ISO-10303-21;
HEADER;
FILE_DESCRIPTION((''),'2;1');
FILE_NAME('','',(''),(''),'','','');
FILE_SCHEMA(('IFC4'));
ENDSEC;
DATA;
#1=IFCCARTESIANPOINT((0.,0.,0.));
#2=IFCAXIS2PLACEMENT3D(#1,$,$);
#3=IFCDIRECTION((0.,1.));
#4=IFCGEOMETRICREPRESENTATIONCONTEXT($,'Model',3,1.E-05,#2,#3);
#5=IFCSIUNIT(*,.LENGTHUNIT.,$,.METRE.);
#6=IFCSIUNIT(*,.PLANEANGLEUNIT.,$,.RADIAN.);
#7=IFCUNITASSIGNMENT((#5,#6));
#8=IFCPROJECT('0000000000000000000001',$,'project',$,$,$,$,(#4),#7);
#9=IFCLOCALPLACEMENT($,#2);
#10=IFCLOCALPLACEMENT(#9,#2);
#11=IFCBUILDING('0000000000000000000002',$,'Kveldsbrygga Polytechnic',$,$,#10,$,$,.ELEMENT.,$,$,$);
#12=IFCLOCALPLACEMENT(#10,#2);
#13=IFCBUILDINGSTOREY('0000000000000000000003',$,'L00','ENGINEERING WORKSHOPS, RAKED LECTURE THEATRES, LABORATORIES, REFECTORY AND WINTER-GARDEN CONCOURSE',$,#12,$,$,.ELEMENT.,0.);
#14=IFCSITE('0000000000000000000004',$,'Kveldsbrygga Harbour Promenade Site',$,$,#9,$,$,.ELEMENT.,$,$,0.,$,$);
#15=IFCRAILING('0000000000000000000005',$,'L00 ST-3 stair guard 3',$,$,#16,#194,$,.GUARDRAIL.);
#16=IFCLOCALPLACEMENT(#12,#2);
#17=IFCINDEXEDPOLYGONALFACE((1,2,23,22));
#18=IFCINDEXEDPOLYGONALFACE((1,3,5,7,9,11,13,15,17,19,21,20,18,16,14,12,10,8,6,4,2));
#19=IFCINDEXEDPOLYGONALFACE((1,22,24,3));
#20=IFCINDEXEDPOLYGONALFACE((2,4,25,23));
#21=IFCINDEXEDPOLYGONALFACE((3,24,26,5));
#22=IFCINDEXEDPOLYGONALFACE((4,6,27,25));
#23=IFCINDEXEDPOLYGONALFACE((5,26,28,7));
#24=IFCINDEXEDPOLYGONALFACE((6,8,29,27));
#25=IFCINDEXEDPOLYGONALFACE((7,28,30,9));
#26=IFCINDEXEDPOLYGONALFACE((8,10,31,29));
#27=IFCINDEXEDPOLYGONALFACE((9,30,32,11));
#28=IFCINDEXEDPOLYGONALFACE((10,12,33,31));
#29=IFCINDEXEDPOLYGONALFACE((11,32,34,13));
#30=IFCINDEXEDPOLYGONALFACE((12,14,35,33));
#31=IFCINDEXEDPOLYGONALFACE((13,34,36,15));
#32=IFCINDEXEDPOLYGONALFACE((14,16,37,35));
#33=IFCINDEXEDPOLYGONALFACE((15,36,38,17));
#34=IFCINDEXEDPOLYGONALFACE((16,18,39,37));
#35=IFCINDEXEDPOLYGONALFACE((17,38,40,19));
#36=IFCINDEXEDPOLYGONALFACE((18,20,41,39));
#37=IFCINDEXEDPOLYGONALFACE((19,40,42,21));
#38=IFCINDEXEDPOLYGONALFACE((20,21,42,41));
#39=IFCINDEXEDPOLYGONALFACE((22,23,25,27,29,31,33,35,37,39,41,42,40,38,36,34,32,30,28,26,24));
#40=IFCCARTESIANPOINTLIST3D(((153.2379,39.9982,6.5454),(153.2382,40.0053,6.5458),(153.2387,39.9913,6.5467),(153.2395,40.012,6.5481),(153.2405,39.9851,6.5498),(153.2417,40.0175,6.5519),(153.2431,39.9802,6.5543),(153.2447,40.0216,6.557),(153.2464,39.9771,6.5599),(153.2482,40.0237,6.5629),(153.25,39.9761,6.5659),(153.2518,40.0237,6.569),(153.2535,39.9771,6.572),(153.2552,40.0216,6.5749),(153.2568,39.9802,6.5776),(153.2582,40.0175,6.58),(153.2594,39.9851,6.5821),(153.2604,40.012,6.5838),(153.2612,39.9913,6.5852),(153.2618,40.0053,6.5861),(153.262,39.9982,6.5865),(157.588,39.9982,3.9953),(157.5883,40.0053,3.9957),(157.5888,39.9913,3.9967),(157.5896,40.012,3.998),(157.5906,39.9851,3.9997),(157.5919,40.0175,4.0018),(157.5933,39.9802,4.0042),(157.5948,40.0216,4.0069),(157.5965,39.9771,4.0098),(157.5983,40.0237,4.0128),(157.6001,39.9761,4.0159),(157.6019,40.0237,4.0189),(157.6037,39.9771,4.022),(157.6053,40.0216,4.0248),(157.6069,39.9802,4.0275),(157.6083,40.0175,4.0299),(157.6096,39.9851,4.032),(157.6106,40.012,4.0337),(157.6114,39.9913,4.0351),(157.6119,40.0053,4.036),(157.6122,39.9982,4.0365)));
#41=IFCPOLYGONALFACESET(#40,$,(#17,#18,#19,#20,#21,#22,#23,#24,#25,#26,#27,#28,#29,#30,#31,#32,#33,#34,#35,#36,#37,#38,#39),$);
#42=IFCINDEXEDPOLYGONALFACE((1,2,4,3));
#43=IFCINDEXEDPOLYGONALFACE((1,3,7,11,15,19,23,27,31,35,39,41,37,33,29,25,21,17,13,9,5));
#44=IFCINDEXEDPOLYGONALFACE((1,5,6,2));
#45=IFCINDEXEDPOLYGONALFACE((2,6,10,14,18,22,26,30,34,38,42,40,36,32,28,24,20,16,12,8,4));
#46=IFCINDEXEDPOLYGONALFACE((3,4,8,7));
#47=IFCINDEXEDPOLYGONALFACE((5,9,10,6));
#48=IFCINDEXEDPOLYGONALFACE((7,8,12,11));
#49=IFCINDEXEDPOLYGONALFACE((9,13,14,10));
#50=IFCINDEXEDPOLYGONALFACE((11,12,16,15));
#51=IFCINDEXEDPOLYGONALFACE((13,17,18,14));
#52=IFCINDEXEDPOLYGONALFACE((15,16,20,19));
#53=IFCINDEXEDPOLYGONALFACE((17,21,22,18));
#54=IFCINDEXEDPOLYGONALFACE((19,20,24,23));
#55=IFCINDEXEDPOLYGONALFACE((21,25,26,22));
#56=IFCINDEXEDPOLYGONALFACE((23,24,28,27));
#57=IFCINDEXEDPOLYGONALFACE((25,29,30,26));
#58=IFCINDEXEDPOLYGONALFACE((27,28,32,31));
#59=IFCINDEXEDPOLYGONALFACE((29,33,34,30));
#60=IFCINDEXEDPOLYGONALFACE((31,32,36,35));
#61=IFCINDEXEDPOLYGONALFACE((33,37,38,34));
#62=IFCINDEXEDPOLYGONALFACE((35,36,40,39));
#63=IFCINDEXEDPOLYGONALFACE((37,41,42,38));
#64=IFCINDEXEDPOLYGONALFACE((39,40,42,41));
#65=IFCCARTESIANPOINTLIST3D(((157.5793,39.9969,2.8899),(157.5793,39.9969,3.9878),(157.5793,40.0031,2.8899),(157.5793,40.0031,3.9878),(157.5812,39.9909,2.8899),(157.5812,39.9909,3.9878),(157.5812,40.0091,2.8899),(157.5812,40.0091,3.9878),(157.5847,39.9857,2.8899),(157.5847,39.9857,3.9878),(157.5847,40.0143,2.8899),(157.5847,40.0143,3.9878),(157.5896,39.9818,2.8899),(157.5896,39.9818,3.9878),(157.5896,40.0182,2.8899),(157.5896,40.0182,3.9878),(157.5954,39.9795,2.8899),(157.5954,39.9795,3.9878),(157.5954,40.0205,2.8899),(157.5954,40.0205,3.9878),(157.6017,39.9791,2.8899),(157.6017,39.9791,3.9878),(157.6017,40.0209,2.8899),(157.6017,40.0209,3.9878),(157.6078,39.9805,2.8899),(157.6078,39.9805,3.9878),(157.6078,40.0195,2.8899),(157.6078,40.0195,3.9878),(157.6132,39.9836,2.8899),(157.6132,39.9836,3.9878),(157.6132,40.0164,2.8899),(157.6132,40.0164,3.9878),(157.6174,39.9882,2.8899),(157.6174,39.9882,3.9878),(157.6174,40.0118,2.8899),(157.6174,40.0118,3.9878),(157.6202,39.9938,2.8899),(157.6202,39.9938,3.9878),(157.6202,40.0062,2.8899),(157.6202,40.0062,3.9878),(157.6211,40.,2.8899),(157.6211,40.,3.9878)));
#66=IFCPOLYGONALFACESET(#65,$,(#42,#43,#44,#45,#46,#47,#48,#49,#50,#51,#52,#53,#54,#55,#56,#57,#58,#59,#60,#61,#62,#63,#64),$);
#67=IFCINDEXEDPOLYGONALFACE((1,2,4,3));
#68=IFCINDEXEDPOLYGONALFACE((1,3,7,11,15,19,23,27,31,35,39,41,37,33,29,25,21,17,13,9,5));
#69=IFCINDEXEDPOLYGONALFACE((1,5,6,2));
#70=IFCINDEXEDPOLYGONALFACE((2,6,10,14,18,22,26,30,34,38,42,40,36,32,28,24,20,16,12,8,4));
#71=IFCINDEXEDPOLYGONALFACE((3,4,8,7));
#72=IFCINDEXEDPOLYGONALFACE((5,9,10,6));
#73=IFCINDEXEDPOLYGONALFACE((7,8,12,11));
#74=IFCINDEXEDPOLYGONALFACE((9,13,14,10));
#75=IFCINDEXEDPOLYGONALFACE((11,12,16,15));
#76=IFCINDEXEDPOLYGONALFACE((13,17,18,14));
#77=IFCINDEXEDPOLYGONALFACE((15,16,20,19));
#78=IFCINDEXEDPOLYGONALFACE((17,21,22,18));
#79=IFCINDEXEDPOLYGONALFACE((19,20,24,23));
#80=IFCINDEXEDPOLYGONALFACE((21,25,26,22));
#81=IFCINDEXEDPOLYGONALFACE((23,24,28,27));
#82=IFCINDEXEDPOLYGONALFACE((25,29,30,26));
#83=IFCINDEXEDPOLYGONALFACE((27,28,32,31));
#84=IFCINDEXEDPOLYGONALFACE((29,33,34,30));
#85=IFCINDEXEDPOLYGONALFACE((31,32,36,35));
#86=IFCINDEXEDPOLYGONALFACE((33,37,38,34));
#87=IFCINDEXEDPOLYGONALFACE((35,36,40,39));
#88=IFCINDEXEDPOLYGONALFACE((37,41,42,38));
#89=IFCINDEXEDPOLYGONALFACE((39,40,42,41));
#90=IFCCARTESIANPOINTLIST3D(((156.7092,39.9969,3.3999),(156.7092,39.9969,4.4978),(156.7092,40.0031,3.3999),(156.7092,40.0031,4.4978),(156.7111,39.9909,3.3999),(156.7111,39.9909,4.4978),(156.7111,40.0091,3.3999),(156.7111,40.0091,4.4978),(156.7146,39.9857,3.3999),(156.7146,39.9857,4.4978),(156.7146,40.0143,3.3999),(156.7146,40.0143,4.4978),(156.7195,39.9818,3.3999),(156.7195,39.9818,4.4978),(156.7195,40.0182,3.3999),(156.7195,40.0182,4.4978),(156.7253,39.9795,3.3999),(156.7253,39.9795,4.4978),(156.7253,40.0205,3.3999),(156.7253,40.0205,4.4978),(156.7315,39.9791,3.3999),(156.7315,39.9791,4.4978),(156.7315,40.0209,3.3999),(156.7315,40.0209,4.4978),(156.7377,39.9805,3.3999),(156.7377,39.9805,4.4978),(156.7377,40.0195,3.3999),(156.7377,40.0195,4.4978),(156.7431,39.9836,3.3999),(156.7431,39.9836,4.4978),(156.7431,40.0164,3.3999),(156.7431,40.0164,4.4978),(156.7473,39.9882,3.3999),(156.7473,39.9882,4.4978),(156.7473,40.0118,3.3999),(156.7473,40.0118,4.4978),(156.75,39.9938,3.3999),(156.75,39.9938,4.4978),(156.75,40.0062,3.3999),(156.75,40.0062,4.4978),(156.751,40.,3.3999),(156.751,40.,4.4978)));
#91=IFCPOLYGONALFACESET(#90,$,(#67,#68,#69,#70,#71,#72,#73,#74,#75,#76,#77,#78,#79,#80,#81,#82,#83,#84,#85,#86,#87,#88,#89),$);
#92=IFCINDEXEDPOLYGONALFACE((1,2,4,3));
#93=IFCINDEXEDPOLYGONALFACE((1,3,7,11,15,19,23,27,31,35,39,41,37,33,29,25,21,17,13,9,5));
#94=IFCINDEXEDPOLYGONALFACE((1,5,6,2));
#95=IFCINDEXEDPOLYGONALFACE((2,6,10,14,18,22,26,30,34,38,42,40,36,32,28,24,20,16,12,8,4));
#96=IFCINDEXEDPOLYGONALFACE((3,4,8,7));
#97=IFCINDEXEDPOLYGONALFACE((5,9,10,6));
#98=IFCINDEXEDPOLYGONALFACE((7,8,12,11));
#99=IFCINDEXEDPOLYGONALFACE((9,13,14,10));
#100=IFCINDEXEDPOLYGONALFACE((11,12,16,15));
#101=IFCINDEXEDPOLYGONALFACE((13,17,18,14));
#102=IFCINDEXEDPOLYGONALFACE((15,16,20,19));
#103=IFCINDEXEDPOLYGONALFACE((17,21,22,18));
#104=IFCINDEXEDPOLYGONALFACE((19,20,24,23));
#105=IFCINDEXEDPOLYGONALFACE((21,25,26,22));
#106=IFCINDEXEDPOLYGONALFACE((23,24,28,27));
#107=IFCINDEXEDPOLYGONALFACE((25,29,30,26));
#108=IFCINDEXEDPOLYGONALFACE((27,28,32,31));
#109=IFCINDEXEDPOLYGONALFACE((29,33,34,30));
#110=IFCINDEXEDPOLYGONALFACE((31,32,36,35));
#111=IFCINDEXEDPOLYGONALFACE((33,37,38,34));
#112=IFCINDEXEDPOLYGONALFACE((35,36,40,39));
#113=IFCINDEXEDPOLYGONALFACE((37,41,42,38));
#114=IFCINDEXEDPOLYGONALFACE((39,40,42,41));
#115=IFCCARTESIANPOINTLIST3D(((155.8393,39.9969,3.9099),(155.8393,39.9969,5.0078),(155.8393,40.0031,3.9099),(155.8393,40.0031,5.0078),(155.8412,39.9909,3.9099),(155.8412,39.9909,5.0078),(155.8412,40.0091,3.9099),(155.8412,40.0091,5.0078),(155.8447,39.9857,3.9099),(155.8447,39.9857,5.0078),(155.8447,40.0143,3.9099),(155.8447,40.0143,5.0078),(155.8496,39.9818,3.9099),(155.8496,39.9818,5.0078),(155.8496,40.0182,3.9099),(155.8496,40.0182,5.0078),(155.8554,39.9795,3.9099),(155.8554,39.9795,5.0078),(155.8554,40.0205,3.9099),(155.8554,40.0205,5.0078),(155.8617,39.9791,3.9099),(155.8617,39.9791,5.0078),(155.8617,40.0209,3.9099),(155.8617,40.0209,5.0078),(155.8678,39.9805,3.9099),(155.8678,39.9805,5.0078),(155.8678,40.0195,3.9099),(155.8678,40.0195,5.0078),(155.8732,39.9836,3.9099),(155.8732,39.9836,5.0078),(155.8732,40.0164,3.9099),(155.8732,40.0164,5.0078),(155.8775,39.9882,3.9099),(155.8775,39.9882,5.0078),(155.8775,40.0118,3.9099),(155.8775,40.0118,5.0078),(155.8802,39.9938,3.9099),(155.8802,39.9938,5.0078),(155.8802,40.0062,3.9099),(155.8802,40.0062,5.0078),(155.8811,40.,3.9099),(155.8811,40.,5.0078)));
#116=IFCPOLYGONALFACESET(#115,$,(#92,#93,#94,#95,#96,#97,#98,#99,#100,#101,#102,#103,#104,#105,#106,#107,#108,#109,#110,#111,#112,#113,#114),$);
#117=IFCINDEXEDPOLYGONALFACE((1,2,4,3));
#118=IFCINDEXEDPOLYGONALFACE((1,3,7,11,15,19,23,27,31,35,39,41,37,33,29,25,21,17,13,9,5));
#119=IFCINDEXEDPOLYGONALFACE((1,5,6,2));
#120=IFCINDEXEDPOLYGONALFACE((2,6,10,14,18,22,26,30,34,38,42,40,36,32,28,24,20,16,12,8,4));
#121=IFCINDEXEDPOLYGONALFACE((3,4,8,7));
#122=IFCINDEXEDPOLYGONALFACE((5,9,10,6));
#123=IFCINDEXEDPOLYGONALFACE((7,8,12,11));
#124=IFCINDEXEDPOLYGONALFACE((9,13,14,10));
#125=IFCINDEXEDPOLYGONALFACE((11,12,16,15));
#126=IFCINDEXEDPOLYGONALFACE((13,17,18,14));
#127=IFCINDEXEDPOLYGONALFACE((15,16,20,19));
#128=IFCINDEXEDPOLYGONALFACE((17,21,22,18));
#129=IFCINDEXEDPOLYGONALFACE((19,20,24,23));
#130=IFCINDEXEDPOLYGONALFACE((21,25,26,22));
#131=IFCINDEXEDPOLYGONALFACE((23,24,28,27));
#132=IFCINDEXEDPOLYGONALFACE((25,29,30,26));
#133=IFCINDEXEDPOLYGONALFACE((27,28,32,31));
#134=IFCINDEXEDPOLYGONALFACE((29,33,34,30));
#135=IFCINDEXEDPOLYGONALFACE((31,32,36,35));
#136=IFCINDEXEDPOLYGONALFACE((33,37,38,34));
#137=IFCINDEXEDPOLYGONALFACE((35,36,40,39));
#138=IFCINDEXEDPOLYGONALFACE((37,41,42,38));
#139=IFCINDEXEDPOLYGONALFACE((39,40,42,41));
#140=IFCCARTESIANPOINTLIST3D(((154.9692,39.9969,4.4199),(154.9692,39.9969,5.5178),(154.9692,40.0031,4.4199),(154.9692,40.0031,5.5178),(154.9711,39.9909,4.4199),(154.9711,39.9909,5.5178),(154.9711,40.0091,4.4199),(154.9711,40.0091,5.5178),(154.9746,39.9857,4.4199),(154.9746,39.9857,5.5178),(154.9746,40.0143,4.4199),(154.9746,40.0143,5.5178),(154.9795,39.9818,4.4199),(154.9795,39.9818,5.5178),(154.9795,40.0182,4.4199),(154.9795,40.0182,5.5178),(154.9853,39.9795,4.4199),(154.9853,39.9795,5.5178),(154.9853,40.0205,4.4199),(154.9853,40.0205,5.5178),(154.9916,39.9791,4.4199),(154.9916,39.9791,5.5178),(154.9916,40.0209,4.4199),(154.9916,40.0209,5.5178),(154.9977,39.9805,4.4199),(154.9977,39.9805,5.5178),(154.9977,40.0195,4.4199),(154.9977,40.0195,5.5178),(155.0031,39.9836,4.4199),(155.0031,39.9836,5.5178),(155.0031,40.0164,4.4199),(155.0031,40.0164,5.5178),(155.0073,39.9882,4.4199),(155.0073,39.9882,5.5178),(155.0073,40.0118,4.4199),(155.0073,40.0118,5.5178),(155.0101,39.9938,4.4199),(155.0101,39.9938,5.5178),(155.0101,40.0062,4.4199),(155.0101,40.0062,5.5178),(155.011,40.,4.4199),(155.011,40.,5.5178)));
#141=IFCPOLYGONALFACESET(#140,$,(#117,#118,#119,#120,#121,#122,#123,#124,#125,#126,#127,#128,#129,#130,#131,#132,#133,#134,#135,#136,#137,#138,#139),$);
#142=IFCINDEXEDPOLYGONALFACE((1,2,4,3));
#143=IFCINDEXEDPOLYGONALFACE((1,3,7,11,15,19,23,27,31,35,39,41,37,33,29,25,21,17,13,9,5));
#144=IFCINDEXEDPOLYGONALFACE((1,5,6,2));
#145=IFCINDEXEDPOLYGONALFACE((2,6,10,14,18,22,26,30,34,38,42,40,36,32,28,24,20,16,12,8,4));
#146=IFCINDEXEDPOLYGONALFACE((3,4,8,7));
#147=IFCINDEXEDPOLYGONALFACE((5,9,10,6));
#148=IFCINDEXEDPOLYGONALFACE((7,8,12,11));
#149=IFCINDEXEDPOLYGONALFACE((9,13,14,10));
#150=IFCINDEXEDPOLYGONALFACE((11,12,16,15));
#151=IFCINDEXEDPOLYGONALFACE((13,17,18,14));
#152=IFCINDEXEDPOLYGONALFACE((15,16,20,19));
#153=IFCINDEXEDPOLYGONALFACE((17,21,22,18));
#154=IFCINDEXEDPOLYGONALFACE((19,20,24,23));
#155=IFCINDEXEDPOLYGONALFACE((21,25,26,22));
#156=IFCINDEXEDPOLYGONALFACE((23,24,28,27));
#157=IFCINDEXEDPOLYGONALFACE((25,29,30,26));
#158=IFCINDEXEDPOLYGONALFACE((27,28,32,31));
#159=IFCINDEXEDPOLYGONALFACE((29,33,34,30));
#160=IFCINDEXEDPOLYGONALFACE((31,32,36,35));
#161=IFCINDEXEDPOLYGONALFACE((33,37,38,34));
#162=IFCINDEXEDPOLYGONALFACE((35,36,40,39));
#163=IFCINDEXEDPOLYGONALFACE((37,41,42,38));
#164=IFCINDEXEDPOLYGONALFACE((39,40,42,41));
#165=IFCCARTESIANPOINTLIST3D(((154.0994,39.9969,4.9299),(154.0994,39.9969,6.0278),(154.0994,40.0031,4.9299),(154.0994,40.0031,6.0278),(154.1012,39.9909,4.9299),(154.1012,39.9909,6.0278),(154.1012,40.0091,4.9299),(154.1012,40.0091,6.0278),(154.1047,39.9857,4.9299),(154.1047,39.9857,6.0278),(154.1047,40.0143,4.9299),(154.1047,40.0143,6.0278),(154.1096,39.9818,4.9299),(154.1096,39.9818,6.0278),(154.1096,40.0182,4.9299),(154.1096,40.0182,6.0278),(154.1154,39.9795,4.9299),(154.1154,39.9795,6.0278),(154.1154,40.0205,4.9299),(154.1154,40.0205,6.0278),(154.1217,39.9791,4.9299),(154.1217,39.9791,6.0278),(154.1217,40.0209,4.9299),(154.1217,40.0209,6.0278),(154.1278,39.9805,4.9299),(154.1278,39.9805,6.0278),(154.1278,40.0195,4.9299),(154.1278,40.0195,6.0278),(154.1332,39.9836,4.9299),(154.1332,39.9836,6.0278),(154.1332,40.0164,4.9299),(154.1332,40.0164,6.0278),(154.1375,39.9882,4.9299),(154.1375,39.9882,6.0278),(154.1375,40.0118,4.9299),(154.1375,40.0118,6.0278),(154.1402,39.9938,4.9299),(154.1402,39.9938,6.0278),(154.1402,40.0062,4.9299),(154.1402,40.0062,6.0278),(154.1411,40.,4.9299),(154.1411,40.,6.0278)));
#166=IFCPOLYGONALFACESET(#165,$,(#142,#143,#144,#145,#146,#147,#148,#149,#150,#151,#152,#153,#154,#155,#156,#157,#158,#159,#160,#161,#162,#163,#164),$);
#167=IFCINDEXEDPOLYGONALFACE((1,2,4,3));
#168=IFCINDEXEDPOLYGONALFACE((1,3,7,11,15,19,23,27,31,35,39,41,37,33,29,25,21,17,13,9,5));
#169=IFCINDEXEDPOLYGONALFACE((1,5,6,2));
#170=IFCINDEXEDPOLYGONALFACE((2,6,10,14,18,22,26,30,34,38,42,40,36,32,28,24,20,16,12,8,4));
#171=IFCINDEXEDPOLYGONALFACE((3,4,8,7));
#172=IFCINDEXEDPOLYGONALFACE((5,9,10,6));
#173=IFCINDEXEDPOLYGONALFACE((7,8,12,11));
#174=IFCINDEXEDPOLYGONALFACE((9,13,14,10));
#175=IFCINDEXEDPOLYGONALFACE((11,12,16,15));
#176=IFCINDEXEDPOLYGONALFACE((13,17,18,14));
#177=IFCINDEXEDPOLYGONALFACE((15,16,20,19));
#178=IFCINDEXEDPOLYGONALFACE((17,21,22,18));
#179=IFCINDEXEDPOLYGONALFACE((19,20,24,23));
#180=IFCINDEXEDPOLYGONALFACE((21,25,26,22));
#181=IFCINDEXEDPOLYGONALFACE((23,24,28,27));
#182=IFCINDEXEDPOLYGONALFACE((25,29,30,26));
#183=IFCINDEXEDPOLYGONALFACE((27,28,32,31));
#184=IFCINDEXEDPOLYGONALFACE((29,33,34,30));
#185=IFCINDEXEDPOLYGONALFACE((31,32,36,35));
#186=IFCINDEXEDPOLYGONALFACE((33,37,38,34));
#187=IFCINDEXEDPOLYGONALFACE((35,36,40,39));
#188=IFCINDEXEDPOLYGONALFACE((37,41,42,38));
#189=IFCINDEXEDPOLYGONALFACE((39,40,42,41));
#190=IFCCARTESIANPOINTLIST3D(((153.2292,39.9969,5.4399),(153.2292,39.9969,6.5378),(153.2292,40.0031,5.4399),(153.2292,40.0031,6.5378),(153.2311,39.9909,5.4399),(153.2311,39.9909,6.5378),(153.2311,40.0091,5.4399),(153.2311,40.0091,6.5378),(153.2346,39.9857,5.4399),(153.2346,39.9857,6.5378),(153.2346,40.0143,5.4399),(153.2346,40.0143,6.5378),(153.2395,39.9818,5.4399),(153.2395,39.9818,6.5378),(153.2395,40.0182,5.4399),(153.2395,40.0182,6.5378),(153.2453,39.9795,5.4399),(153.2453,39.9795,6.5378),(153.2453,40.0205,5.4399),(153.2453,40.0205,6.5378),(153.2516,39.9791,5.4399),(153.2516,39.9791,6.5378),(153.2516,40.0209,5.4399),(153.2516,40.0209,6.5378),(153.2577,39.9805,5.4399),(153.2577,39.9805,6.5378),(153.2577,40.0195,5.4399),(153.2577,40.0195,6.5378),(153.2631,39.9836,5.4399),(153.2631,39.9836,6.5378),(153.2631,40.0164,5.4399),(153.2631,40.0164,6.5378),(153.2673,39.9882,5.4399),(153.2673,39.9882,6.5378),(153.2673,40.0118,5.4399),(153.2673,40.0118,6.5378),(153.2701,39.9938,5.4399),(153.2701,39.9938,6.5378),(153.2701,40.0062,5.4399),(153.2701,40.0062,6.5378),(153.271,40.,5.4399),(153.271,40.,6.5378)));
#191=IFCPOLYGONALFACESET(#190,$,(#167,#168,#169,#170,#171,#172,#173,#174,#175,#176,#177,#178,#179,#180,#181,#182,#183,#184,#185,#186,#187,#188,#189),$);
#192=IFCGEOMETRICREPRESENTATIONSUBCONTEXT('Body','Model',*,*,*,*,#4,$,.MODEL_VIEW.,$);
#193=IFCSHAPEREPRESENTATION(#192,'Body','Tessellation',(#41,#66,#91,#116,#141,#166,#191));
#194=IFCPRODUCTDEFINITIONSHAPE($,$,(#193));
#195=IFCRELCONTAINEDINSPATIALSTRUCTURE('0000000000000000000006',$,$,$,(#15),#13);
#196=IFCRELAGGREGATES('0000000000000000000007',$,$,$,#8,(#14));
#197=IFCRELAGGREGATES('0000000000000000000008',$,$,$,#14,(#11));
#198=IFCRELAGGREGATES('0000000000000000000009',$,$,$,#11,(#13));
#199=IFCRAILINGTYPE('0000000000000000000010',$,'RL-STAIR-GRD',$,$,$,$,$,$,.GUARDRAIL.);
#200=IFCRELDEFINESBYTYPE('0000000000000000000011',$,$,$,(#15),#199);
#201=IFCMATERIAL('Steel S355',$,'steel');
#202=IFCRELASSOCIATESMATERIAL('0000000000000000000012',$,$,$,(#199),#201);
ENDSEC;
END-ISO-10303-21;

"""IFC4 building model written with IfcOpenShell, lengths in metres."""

from ifc_helpers import new_model, si_unit, direction, frame, origin, origin_2d, place, context, subcontext, project, spatial, circle, extrude, material, type_object, element, save


model = new_model("IFC4")

# Units and contexts
model_context = context("Model", 3, precision=1e-05, world=origin(), true_north=direction((0.0, 1.0)))
body_context = subcontext(model_context, "Body", "Model", "MODEL_VIEW")
ifc_project = project(units=[si_unit("LENGTHUNIT", "METRE"), si_unit("PLANEANGLEUNIT", "RADIAN")], contexts=[model_context])

# Site, building, storey
site_placement = place(None, origin())
site = spatial("IfcSite", under=ifc_project, at=site_placement, Name="Kveldsbrygga Harbour Promenade Site", CompositionType="ELEMENT", RefElevation=0.0)
building_placement = place(site_placement, origin())
building = spatial("IfcBuilding", under=site, at=building_placement, Name="Kveldsbrygga Polytechnic", CompositionType="ELEMENT")
storey_placement = place(building_placement, origin())
storey = spatial("IfcBuildingStorey", under=building, at=storey_placement, Name="L00", Description="ENGINEERING WORKSHOPS, RAKED LECTURE THEATRES, LABORATORIES, REFECTORY AND WINTER-GARDEN CONCOURSE", CompositionType="ELEMENT", Elevation=0.0)

# Railing
ifc_material_1 = material(Name="Steel S355", Category="steel")
railing_type_1 = type_object("IfcRailingType", Name="RL-STAIR-GRD", PredefinedType="GUARDRAIL", material=ifc_material_1)
railing_1_placement = place(storey_placement, frame((157.6001, 40.0, 2.8899)))
element("IfcRailing", 1, at=railing_1_placement, inside=storey, type_object=railing_type_1, Name="L00 ST-3 stair guard 3", PredefinedType="GUARDRAIL", context=body_context, shape_type="SweptSolid", body=[
    extrude(circle(Radius=0.0239, at=origin_2d()), frame((0.0, 0.0, 1.126), z_axis=(-0.862699, 0.0, 0.505718), x_axis=(0.0, -1.0, 0.0)), (0.0, 0.0, 1.0), 5.0425),
    extrude(circle(Radius=0.021, at=origin_2d()), origin(), (0.0, 0.0, 1.0), 1.0979),
    extrude(circle(Radius=0.021, at=origin_2d()), frame((-0.8701, 0.0, 0.51)), (0.0, 0.0, 1.0), 1.0979),
    extrude(circle(Radius=0.021, at=origin_2d()), frame((-1.74, 0.0, 1.02)), (0.0, 0.0, 1.0), 1.0979),
    extrude(circle(Radius=0.021, at=origin_2d()), frame((-2.6101, 0.0, 1.53)), (0.0, 0.0, 1.0), 1.0979),
    extrude(circle(Radius=0.021, at=origin_2d()), frame((-3.48, 0.0, 2.04)), (0.0, 0.0, 1.0), 1.0979),
    extrude(circle(Radius=0.021, at=origin_2d()), frame((-4.3501, 0.0, 2.55)), (0.0, 0.0, 1.0), 1.0979),
])

save(model, "model.ifc")
